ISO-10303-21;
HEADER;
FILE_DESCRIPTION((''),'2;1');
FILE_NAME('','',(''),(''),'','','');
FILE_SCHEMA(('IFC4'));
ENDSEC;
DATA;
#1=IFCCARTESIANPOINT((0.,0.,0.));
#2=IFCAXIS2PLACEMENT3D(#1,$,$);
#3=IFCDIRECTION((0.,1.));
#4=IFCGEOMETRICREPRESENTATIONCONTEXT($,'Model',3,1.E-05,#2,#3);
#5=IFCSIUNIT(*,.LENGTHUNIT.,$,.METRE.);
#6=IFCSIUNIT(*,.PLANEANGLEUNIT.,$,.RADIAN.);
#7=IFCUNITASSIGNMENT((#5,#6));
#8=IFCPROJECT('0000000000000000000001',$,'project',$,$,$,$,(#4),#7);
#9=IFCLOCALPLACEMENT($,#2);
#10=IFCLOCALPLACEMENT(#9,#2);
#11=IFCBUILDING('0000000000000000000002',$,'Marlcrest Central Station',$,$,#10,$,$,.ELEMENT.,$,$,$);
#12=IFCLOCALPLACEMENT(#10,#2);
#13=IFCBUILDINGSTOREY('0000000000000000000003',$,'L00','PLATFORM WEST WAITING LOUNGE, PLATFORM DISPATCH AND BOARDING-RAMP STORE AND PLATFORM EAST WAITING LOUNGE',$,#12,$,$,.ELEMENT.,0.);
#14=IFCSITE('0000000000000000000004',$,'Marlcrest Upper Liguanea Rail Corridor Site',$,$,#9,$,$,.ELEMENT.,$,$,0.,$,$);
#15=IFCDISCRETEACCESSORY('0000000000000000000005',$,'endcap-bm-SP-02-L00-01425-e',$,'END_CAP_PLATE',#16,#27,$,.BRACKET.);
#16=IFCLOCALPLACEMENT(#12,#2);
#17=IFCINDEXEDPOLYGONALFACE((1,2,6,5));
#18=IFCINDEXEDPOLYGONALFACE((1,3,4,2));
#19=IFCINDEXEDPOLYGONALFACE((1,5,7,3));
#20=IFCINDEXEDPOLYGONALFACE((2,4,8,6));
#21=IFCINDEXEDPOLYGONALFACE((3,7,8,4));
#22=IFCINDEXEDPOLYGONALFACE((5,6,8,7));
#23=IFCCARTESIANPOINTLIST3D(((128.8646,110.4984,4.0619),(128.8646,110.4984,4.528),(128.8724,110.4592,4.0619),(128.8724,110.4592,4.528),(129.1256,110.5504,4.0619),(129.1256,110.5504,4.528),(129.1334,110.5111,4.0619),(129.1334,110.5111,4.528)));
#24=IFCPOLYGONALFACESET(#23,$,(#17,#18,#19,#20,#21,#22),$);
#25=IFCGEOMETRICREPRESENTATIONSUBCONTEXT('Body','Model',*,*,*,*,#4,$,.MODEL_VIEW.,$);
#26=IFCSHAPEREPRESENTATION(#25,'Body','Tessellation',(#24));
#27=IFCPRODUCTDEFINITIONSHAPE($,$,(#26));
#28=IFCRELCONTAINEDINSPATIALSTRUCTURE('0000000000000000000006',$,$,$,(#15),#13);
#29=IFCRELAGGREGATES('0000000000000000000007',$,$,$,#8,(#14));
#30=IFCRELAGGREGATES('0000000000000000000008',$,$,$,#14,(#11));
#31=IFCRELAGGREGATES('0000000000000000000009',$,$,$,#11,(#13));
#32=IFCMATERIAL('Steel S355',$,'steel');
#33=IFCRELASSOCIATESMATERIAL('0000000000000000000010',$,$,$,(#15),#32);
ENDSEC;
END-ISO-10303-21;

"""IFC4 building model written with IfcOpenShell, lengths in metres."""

from ifc_helpers import new_model, si_unit, direction, frame, origin, origin_2d, place, context, subcontext, project, spatial, rectangle, extrude, material, element, save


model = new_model("IFC4")

# Units and contexts
model_context = context("Model", 3, precision=1e-05, world=origin(), true_north=direction((0.0, 1.0)))
body_context = subcontext(model_context, "Body", "Model", "MODEL_VIEW")
ifc_project = project(units=[si_unit("LENGTHUNIT", "METRE"), si_unit("PLANEANGLEUNIT", "RADIAN")], contexts=[model_context])

# Site, building, storey
site_placement = place(None, origin())
site = spatial("IfcSite", under=ifc_project, at=site_placement, Name="Marlcrest Upper Liguanea Rail Corridor Site", CompositionType="ELEMENT", RefElevation=0.0)
building_placement = place(site_placement, origin())
building = spatial("IfcBuilding", under=site, at=building_placement, Name="Marlcrest Central Station", CompositionType="ELEMENT")
storey_placement = place(building_placement, origin())
storey = spatial("IfcBuildingStorey", under=building, at=storey_placement, Name="L00", Description="PLATFORM WEST WAITING LOUNGE, PLATFORM DISPATCH AND BOARDING-RAMP STORE AND PLATFORM EAST WAITING LOUNGE", CompositionType="ELEMENT", Elevation=0.0)

# Shared definitions
ifc_material_1 = material(Name="Steel S355", Category="steel")

# Discrete accessory
discrete_accessory_placement = place(storey_placement, frame((128.9951, 110.5244, 4.2949), z_axis=(0.195171, -0.980769, 0.0), x_axis=(0.980769, 0.195171, 0.0)))
element("IfcDiscreteAccessory", 1, at=discrete_accessory_placement, inside=storey, material=ifc_material_1, Name="endcap-bm-SP-02-L00-01425-e", ObjectType="END_CAP_PLATE", PredefinedType="BRACKET", context=body_context, shape_type="SweptSolid", body=[
    extrude(rectangle(XDim=0.2661, YDim=0.4661, at=origin_2d()), origin(), (0.0, 0.0, 1.0), 0.04),
])

save(model, "model.ifc")
